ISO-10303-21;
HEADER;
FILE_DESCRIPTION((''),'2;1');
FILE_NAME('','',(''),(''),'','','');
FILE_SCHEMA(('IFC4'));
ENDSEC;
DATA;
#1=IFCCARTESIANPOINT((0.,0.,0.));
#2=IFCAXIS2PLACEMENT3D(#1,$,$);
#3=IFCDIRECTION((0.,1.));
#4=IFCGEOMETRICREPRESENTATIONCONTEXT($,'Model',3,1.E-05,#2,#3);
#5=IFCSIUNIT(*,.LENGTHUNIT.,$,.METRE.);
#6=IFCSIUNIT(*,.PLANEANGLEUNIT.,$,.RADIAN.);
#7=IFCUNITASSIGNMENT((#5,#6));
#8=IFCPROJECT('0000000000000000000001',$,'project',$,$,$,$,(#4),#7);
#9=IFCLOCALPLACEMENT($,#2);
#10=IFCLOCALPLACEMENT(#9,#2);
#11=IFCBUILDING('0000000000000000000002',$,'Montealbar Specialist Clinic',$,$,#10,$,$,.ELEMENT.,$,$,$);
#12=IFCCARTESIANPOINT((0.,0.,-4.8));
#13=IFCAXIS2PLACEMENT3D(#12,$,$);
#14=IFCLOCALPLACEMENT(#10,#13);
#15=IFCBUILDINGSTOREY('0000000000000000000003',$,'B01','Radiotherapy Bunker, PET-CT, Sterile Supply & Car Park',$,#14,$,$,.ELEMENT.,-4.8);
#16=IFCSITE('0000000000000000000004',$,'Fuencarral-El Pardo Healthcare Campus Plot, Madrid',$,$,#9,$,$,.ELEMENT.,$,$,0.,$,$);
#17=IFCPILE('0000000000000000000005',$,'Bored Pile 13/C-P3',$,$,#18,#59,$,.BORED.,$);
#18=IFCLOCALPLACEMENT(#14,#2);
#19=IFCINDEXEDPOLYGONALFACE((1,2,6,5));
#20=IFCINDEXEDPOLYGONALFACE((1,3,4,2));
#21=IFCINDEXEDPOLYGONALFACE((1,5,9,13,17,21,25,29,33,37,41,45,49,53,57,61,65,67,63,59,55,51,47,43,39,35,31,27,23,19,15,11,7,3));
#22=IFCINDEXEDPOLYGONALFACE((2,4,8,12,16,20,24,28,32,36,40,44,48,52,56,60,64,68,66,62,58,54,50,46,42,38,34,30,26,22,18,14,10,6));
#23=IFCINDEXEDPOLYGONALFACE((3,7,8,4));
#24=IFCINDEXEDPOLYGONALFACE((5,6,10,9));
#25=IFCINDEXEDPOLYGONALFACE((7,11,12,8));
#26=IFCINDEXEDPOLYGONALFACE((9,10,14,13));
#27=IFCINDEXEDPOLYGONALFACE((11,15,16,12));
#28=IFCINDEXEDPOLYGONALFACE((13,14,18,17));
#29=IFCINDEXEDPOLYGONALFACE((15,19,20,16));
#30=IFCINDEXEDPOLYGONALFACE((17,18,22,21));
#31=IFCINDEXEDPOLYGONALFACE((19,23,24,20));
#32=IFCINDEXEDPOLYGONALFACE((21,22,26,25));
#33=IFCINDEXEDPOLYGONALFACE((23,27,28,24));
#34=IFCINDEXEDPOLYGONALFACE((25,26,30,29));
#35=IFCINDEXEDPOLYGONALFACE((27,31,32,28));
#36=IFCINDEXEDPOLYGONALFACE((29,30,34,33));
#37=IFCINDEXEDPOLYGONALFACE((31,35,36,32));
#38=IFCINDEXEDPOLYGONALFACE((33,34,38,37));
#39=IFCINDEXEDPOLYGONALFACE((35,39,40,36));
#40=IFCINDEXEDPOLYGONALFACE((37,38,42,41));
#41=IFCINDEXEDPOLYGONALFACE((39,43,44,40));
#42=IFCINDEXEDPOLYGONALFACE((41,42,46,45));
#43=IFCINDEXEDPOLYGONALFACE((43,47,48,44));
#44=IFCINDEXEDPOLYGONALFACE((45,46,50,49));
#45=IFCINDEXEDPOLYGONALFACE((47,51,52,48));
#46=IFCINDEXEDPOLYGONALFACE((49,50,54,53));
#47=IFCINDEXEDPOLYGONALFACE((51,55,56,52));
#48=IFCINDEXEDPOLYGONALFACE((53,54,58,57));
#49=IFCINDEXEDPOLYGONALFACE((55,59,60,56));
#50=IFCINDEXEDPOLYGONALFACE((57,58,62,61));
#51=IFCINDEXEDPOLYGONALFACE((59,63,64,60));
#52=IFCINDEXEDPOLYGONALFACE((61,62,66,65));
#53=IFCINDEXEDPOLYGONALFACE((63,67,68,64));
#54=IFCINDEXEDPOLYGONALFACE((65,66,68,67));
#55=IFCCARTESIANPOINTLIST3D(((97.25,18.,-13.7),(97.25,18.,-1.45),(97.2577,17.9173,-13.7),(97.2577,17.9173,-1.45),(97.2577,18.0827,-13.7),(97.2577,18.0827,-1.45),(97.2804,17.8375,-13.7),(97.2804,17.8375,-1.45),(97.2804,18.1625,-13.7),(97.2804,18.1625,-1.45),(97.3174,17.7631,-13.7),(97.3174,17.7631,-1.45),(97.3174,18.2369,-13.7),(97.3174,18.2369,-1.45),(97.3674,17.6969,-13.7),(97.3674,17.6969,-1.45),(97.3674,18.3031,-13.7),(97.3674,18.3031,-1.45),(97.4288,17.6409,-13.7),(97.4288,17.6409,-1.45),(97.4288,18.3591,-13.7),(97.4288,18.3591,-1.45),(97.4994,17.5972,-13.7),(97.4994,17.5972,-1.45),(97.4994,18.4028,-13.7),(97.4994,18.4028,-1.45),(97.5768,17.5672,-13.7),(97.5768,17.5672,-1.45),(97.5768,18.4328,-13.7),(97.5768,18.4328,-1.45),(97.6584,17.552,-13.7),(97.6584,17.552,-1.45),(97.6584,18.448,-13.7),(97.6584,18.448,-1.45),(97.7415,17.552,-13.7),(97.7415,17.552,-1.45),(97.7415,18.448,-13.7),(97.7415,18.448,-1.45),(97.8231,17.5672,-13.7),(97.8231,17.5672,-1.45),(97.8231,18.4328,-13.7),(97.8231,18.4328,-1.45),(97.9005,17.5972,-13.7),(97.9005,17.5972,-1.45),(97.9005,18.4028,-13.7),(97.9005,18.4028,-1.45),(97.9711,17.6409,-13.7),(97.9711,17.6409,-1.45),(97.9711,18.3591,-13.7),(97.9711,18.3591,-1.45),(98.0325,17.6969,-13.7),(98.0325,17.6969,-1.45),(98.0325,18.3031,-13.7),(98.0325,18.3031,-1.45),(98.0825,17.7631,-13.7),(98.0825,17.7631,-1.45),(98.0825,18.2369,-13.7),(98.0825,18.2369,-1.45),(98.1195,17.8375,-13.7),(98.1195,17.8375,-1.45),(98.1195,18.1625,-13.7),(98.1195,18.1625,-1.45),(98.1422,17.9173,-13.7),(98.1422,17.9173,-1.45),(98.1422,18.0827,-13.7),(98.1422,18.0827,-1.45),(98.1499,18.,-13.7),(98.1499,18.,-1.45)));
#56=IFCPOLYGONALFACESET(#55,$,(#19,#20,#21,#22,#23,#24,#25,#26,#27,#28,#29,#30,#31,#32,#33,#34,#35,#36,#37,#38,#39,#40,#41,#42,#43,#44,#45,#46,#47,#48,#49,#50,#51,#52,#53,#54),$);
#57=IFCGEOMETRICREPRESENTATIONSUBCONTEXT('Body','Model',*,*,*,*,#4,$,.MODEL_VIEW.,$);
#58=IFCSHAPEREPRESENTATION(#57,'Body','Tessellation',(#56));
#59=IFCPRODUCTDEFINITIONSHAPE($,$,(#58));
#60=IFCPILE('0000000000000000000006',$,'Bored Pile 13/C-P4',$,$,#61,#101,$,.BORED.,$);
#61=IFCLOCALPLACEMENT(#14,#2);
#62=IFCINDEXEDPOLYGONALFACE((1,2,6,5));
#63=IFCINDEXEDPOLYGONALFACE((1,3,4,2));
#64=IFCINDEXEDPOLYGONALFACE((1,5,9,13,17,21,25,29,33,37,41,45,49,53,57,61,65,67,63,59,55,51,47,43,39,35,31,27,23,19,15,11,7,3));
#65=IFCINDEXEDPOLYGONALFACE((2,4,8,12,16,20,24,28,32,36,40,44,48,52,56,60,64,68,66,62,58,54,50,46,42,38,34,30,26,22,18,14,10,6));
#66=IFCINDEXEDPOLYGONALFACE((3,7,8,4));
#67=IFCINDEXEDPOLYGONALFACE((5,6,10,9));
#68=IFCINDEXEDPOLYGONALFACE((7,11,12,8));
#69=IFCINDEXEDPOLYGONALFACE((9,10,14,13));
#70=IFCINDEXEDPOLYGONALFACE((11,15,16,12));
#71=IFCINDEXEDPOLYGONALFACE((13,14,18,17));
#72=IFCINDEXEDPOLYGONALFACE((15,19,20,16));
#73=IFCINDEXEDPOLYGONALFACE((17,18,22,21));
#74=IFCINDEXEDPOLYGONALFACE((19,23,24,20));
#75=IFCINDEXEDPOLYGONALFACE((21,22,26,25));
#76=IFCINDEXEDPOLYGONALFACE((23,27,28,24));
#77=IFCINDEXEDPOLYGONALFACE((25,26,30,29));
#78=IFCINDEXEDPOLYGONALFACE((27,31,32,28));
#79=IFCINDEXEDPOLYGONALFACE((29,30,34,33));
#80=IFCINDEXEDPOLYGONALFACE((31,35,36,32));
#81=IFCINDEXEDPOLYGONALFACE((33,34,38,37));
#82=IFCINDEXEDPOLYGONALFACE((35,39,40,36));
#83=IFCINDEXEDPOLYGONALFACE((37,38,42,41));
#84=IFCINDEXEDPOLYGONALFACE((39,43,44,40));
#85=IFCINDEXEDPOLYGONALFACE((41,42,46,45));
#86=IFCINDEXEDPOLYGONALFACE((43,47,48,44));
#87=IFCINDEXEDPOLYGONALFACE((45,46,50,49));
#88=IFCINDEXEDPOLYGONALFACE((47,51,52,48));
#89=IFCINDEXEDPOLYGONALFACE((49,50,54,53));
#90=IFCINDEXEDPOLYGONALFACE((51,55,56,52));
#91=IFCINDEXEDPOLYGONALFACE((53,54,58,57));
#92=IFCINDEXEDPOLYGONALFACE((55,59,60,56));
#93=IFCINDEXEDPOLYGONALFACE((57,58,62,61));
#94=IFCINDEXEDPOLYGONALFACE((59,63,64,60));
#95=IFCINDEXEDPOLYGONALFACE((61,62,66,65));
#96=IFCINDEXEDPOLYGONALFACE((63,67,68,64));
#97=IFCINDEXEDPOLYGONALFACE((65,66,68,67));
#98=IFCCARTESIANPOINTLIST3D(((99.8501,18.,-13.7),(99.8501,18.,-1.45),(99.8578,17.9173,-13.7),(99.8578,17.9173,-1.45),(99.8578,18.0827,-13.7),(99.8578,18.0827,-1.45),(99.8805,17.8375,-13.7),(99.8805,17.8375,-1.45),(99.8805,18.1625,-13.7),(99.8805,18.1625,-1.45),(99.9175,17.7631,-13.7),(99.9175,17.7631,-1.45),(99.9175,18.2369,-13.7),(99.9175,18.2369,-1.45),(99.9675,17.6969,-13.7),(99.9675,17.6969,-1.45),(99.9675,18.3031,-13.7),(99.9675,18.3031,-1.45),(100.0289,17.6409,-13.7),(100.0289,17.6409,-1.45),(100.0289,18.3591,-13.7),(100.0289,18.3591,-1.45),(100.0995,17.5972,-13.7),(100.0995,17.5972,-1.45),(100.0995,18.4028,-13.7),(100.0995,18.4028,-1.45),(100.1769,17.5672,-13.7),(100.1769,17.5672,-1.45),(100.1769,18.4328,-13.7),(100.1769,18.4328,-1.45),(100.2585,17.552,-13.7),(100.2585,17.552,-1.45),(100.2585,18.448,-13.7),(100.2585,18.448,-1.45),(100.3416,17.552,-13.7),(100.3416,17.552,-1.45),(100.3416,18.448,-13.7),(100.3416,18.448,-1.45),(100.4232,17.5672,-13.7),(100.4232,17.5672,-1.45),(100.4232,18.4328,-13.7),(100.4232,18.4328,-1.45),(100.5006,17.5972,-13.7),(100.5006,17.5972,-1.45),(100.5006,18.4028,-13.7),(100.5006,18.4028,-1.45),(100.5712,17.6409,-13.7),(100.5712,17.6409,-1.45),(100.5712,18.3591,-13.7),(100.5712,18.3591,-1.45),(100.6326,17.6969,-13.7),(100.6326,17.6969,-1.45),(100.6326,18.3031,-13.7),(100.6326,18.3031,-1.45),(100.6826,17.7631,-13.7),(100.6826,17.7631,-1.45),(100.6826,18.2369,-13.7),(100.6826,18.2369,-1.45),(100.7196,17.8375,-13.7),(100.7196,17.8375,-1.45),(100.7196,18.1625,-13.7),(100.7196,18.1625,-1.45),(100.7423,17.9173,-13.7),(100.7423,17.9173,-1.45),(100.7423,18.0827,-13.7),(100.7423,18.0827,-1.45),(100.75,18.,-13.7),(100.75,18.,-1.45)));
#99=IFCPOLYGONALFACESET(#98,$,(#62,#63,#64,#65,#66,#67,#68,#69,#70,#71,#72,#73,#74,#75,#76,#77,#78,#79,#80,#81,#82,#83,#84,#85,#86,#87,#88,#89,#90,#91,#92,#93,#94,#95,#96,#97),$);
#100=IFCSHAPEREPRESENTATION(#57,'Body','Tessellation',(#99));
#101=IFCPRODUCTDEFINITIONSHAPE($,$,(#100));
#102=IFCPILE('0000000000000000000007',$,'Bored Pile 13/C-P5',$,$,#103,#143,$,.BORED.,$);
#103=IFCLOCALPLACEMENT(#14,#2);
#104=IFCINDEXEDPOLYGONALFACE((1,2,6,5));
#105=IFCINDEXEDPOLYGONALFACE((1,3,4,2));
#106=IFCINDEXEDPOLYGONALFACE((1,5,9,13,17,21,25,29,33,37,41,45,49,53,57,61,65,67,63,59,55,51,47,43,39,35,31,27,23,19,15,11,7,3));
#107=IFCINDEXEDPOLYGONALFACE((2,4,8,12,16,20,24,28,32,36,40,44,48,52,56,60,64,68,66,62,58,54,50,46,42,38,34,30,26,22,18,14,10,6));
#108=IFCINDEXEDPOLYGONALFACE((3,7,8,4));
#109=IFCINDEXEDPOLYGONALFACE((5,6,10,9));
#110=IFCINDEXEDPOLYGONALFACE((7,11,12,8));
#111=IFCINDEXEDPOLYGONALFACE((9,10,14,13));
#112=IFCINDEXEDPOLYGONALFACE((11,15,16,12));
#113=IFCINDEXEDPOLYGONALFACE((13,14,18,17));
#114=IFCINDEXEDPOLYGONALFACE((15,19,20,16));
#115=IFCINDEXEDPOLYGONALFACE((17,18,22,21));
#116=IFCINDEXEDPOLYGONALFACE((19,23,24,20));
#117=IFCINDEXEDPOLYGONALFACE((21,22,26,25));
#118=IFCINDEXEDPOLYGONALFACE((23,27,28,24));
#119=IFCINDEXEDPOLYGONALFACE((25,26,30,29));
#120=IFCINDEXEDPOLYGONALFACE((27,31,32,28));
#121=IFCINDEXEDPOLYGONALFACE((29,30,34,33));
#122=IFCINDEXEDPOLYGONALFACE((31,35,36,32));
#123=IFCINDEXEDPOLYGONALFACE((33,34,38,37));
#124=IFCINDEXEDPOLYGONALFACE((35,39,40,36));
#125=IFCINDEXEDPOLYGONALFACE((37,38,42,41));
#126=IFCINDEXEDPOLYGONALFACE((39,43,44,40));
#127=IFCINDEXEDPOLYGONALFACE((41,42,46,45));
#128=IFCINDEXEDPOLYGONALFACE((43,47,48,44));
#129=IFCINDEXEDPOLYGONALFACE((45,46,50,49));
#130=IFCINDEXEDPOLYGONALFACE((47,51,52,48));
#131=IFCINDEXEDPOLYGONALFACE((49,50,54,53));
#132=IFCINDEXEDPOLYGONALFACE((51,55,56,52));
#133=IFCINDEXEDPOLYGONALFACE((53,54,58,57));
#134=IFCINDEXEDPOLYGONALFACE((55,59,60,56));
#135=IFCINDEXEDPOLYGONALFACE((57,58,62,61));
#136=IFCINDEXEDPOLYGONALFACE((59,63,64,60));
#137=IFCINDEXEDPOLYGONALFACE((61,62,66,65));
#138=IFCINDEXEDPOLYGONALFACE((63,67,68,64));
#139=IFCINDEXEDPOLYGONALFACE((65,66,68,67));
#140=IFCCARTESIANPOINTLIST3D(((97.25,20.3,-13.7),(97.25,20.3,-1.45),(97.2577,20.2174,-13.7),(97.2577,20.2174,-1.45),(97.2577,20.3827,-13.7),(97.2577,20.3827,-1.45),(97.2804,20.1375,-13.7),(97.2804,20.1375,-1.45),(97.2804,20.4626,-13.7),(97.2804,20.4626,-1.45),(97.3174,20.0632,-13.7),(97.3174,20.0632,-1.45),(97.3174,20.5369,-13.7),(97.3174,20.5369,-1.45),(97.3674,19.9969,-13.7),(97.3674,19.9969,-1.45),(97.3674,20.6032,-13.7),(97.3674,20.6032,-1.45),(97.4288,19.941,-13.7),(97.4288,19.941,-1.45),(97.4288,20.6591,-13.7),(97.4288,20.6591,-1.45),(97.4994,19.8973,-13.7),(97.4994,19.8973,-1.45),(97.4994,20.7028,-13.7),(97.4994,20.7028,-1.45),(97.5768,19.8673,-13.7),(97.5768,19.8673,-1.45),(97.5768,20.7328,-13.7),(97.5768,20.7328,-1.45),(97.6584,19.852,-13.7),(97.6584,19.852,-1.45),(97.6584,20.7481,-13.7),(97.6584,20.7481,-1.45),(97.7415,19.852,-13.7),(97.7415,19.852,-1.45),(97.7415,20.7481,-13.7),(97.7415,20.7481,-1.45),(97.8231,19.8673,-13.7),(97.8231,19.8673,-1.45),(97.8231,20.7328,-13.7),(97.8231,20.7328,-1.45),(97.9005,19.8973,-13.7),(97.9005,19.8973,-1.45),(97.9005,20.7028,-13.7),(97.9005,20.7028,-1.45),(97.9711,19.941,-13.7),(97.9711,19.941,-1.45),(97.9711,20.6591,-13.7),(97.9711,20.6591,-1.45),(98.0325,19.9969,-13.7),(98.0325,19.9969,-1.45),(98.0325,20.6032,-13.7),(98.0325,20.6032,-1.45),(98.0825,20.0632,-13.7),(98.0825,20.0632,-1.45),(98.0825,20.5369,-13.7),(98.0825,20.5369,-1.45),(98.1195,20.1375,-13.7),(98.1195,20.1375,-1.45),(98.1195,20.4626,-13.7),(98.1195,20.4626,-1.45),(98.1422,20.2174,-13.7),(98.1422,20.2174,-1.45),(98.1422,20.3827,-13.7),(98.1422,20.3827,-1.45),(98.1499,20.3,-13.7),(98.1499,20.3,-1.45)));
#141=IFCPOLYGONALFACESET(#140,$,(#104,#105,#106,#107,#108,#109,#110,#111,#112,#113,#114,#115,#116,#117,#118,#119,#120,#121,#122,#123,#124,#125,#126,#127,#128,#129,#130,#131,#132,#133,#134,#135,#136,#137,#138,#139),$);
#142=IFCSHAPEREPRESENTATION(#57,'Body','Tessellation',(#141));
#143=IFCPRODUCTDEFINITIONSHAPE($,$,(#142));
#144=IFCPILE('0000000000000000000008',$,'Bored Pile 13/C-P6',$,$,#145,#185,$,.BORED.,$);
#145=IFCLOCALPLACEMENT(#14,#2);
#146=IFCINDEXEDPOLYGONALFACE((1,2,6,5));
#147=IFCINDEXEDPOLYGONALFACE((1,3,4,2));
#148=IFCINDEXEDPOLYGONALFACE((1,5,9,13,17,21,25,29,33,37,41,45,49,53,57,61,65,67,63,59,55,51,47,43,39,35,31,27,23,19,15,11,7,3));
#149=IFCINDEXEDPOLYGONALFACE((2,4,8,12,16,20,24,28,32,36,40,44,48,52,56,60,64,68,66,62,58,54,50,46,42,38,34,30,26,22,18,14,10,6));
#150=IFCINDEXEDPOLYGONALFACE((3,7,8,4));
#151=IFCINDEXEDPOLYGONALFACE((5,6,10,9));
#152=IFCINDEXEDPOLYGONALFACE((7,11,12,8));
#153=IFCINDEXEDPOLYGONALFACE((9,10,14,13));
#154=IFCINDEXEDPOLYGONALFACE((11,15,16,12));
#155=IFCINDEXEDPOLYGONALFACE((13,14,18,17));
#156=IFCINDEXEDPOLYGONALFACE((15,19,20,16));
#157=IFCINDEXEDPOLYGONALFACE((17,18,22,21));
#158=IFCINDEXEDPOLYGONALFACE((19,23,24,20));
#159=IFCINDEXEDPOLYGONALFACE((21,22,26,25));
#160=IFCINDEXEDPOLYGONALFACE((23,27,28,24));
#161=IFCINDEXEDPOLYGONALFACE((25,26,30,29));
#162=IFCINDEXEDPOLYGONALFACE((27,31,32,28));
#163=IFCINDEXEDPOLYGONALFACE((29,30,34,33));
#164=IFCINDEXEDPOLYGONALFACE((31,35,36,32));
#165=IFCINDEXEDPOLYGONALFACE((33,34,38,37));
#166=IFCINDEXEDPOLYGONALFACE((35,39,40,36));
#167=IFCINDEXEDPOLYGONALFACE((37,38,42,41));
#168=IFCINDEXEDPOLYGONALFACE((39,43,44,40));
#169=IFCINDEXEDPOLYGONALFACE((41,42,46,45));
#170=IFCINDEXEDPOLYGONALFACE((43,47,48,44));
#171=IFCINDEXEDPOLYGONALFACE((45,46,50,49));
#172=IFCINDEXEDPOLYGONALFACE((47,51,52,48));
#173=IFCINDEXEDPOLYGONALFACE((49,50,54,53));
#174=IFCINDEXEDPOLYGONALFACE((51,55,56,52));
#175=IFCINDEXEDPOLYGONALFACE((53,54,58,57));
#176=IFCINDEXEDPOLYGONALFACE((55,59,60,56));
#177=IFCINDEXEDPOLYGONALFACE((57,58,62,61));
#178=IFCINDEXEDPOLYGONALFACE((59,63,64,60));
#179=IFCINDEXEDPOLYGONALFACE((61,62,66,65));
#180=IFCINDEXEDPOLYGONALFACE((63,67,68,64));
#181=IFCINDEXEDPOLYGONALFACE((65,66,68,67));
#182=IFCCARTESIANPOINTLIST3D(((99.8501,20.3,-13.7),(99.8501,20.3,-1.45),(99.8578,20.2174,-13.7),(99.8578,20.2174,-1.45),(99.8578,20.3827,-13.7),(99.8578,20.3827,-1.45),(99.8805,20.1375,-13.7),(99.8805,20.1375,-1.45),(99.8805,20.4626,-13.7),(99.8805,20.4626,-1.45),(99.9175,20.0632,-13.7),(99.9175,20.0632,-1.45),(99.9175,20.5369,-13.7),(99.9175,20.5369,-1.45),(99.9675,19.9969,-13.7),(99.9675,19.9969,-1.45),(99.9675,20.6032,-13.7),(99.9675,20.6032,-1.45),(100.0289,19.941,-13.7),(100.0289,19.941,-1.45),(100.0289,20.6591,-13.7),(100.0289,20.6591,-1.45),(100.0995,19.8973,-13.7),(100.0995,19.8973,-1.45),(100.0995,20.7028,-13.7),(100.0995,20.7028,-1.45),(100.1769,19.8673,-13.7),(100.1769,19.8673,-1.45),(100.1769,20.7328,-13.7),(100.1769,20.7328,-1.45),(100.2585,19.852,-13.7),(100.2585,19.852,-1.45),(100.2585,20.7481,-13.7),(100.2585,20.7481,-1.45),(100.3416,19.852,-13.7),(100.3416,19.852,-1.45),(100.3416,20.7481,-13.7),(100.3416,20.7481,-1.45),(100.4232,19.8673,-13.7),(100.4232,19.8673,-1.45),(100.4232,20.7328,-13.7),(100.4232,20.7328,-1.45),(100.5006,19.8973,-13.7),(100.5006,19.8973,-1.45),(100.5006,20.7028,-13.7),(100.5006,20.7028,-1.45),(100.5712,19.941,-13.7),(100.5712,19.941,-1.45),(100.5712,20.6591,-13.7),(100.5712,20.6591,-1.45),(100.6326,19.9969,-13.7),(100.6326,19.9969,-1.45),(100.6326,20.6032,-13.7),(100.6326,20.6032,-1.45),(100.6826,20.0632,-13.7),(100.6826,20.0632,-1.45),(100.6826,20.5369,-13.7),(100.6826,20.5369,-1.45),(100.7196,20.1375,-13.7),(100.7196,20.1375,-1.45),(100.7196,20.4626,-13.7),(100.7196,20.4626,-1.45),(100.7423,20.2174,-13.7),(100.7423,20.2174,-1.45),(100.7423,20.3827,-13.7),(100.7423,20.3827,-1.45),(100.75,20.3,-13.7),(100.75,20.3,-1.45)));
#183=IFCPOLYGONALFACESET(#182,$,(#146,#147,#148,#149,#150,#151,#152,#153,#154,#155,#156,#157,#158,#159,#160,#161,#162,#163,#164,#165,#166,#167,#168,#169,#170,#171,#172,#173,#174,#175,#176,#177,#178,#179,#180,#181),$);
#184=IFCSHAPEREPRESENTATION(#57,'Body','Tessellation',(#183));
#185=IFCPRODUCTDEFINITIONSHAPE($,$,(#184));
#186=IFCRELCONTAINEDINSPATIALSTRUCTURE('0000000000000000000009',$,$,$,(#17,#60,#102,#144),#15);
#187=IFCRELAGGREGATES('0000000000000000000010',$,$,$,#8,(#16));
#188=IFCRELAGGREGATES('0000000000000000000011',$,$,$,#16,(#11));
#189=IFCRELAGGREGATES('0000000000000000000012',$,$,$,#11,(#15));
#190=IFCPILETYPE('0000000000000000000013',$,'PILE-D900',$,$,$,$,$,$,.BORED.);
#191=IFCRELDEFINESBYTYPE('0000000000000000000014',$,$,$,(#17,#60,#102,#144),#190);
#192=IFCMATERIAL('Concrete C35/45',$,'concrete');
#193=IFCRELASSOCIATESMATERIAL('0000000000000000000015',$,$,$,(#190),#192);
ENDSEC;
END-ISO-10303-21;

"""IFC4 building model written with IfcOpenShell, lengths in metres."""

from ifc_helpers import new_model, si_unit, direction, frame, origin, origin_2d, place, context, subcontext, project, spatial, circle, extrude, material, material_profile, profile_set, type_object, element, save


model = new_model("IFC4")

# Units and contexts
model_context = context("Model", 3, precision=1e-05, world=origin(), true_north=direction((0.0, 1.0)))
body_context = subcontext(model_context, "Body", "Model", "MODEL_VIEW")
ifc_project = project(units=[si_unit("LENGTHUNIT", "METRE"), si_unit("PLANEANGLEUNIT", "RADIAN")], contexts=[model_context])

# Site, building, storey
site_placement = place(None, origin())
site = spatial("IfcSite", under=ifc_project, at=site_placement, Name="Fuencarral-El Pardo Healthcare Campus Plot, Madrid", CompositionType="ELEMENT", RefElevation=0.0)
building_placement = place(site_placement, origin())
building = spatial("IfcBuilding", under=site, at=building_placement, Name="Montealbar Specialist Clinic", CompositionType="ELEMENT")
storey_placement = place(building_placement, frame((0.0, 0.0, -4.8)))
storey = spatial("IfcBuildingStorey", under=building, at=storey_placement, Name="B01", Description="Radiotherapy Bunker, PET-CT, Sterile Supply & Car Park", CompositionType="ELEMENT", Elevation=-4.8)

# Shared definitions
ifc_material_1 = material(Name="Concrete C35/45", Category="concrete")

# Piles
ifc_material_profile_1 = material_profile(ifc_material_1, circle(Radius=0.45, at=origin_2d()), Name="PILE D900", Category="concrete")
ifc_profile_set_1 = profile_set([ifc_material_profile_1], Name="Concrete C35/45")
pile_type_1 = type_object("IfcPileType", Name="PILE-D900", PredefinedType="BORED", material=ifc_profile_set_1)
for number, where, z_axis, x_axis, name in (
    (1, (97.7, 18.0, -1.45), (0.0, 0.0, -1.0), (1.0, 0.0, 0.0), "Bored Pile 13/C-P3"),
    (2, (100.3, 18.0, -1.45), (0.0, 0.0, -1.0), (1.0, 0.0, 0.0), "Bored Pile 13/C-P4"),
    (3, (97.7, 20.3, -1.45), (0.0, 0.0, -1.0), (1.0, 0.0, 0.0), "Bored Pile 13/C-P5"),
    (4, (100.3, 20.3, -1.45), (0.0, 0.0, -1.0), (1.0, 0.0, 0.0), "Bored Pile 13/C-P6"),
):
    element("IfcPile", number, at=place(storey_placement, frame(where, z_axis=z_axis, x_axis=x_axis)), inside=storey, type_object=pile_type_1, Name=name, PredefinedType="BORED", context=body_context, shape_type="SweptSolid", body=[
        extrude(circle(Radius=0.45, at=origin_2d()), origin(), (0.0, 0.0, 1.0), 12.25),
    ])

save(model, "model.ifc")
